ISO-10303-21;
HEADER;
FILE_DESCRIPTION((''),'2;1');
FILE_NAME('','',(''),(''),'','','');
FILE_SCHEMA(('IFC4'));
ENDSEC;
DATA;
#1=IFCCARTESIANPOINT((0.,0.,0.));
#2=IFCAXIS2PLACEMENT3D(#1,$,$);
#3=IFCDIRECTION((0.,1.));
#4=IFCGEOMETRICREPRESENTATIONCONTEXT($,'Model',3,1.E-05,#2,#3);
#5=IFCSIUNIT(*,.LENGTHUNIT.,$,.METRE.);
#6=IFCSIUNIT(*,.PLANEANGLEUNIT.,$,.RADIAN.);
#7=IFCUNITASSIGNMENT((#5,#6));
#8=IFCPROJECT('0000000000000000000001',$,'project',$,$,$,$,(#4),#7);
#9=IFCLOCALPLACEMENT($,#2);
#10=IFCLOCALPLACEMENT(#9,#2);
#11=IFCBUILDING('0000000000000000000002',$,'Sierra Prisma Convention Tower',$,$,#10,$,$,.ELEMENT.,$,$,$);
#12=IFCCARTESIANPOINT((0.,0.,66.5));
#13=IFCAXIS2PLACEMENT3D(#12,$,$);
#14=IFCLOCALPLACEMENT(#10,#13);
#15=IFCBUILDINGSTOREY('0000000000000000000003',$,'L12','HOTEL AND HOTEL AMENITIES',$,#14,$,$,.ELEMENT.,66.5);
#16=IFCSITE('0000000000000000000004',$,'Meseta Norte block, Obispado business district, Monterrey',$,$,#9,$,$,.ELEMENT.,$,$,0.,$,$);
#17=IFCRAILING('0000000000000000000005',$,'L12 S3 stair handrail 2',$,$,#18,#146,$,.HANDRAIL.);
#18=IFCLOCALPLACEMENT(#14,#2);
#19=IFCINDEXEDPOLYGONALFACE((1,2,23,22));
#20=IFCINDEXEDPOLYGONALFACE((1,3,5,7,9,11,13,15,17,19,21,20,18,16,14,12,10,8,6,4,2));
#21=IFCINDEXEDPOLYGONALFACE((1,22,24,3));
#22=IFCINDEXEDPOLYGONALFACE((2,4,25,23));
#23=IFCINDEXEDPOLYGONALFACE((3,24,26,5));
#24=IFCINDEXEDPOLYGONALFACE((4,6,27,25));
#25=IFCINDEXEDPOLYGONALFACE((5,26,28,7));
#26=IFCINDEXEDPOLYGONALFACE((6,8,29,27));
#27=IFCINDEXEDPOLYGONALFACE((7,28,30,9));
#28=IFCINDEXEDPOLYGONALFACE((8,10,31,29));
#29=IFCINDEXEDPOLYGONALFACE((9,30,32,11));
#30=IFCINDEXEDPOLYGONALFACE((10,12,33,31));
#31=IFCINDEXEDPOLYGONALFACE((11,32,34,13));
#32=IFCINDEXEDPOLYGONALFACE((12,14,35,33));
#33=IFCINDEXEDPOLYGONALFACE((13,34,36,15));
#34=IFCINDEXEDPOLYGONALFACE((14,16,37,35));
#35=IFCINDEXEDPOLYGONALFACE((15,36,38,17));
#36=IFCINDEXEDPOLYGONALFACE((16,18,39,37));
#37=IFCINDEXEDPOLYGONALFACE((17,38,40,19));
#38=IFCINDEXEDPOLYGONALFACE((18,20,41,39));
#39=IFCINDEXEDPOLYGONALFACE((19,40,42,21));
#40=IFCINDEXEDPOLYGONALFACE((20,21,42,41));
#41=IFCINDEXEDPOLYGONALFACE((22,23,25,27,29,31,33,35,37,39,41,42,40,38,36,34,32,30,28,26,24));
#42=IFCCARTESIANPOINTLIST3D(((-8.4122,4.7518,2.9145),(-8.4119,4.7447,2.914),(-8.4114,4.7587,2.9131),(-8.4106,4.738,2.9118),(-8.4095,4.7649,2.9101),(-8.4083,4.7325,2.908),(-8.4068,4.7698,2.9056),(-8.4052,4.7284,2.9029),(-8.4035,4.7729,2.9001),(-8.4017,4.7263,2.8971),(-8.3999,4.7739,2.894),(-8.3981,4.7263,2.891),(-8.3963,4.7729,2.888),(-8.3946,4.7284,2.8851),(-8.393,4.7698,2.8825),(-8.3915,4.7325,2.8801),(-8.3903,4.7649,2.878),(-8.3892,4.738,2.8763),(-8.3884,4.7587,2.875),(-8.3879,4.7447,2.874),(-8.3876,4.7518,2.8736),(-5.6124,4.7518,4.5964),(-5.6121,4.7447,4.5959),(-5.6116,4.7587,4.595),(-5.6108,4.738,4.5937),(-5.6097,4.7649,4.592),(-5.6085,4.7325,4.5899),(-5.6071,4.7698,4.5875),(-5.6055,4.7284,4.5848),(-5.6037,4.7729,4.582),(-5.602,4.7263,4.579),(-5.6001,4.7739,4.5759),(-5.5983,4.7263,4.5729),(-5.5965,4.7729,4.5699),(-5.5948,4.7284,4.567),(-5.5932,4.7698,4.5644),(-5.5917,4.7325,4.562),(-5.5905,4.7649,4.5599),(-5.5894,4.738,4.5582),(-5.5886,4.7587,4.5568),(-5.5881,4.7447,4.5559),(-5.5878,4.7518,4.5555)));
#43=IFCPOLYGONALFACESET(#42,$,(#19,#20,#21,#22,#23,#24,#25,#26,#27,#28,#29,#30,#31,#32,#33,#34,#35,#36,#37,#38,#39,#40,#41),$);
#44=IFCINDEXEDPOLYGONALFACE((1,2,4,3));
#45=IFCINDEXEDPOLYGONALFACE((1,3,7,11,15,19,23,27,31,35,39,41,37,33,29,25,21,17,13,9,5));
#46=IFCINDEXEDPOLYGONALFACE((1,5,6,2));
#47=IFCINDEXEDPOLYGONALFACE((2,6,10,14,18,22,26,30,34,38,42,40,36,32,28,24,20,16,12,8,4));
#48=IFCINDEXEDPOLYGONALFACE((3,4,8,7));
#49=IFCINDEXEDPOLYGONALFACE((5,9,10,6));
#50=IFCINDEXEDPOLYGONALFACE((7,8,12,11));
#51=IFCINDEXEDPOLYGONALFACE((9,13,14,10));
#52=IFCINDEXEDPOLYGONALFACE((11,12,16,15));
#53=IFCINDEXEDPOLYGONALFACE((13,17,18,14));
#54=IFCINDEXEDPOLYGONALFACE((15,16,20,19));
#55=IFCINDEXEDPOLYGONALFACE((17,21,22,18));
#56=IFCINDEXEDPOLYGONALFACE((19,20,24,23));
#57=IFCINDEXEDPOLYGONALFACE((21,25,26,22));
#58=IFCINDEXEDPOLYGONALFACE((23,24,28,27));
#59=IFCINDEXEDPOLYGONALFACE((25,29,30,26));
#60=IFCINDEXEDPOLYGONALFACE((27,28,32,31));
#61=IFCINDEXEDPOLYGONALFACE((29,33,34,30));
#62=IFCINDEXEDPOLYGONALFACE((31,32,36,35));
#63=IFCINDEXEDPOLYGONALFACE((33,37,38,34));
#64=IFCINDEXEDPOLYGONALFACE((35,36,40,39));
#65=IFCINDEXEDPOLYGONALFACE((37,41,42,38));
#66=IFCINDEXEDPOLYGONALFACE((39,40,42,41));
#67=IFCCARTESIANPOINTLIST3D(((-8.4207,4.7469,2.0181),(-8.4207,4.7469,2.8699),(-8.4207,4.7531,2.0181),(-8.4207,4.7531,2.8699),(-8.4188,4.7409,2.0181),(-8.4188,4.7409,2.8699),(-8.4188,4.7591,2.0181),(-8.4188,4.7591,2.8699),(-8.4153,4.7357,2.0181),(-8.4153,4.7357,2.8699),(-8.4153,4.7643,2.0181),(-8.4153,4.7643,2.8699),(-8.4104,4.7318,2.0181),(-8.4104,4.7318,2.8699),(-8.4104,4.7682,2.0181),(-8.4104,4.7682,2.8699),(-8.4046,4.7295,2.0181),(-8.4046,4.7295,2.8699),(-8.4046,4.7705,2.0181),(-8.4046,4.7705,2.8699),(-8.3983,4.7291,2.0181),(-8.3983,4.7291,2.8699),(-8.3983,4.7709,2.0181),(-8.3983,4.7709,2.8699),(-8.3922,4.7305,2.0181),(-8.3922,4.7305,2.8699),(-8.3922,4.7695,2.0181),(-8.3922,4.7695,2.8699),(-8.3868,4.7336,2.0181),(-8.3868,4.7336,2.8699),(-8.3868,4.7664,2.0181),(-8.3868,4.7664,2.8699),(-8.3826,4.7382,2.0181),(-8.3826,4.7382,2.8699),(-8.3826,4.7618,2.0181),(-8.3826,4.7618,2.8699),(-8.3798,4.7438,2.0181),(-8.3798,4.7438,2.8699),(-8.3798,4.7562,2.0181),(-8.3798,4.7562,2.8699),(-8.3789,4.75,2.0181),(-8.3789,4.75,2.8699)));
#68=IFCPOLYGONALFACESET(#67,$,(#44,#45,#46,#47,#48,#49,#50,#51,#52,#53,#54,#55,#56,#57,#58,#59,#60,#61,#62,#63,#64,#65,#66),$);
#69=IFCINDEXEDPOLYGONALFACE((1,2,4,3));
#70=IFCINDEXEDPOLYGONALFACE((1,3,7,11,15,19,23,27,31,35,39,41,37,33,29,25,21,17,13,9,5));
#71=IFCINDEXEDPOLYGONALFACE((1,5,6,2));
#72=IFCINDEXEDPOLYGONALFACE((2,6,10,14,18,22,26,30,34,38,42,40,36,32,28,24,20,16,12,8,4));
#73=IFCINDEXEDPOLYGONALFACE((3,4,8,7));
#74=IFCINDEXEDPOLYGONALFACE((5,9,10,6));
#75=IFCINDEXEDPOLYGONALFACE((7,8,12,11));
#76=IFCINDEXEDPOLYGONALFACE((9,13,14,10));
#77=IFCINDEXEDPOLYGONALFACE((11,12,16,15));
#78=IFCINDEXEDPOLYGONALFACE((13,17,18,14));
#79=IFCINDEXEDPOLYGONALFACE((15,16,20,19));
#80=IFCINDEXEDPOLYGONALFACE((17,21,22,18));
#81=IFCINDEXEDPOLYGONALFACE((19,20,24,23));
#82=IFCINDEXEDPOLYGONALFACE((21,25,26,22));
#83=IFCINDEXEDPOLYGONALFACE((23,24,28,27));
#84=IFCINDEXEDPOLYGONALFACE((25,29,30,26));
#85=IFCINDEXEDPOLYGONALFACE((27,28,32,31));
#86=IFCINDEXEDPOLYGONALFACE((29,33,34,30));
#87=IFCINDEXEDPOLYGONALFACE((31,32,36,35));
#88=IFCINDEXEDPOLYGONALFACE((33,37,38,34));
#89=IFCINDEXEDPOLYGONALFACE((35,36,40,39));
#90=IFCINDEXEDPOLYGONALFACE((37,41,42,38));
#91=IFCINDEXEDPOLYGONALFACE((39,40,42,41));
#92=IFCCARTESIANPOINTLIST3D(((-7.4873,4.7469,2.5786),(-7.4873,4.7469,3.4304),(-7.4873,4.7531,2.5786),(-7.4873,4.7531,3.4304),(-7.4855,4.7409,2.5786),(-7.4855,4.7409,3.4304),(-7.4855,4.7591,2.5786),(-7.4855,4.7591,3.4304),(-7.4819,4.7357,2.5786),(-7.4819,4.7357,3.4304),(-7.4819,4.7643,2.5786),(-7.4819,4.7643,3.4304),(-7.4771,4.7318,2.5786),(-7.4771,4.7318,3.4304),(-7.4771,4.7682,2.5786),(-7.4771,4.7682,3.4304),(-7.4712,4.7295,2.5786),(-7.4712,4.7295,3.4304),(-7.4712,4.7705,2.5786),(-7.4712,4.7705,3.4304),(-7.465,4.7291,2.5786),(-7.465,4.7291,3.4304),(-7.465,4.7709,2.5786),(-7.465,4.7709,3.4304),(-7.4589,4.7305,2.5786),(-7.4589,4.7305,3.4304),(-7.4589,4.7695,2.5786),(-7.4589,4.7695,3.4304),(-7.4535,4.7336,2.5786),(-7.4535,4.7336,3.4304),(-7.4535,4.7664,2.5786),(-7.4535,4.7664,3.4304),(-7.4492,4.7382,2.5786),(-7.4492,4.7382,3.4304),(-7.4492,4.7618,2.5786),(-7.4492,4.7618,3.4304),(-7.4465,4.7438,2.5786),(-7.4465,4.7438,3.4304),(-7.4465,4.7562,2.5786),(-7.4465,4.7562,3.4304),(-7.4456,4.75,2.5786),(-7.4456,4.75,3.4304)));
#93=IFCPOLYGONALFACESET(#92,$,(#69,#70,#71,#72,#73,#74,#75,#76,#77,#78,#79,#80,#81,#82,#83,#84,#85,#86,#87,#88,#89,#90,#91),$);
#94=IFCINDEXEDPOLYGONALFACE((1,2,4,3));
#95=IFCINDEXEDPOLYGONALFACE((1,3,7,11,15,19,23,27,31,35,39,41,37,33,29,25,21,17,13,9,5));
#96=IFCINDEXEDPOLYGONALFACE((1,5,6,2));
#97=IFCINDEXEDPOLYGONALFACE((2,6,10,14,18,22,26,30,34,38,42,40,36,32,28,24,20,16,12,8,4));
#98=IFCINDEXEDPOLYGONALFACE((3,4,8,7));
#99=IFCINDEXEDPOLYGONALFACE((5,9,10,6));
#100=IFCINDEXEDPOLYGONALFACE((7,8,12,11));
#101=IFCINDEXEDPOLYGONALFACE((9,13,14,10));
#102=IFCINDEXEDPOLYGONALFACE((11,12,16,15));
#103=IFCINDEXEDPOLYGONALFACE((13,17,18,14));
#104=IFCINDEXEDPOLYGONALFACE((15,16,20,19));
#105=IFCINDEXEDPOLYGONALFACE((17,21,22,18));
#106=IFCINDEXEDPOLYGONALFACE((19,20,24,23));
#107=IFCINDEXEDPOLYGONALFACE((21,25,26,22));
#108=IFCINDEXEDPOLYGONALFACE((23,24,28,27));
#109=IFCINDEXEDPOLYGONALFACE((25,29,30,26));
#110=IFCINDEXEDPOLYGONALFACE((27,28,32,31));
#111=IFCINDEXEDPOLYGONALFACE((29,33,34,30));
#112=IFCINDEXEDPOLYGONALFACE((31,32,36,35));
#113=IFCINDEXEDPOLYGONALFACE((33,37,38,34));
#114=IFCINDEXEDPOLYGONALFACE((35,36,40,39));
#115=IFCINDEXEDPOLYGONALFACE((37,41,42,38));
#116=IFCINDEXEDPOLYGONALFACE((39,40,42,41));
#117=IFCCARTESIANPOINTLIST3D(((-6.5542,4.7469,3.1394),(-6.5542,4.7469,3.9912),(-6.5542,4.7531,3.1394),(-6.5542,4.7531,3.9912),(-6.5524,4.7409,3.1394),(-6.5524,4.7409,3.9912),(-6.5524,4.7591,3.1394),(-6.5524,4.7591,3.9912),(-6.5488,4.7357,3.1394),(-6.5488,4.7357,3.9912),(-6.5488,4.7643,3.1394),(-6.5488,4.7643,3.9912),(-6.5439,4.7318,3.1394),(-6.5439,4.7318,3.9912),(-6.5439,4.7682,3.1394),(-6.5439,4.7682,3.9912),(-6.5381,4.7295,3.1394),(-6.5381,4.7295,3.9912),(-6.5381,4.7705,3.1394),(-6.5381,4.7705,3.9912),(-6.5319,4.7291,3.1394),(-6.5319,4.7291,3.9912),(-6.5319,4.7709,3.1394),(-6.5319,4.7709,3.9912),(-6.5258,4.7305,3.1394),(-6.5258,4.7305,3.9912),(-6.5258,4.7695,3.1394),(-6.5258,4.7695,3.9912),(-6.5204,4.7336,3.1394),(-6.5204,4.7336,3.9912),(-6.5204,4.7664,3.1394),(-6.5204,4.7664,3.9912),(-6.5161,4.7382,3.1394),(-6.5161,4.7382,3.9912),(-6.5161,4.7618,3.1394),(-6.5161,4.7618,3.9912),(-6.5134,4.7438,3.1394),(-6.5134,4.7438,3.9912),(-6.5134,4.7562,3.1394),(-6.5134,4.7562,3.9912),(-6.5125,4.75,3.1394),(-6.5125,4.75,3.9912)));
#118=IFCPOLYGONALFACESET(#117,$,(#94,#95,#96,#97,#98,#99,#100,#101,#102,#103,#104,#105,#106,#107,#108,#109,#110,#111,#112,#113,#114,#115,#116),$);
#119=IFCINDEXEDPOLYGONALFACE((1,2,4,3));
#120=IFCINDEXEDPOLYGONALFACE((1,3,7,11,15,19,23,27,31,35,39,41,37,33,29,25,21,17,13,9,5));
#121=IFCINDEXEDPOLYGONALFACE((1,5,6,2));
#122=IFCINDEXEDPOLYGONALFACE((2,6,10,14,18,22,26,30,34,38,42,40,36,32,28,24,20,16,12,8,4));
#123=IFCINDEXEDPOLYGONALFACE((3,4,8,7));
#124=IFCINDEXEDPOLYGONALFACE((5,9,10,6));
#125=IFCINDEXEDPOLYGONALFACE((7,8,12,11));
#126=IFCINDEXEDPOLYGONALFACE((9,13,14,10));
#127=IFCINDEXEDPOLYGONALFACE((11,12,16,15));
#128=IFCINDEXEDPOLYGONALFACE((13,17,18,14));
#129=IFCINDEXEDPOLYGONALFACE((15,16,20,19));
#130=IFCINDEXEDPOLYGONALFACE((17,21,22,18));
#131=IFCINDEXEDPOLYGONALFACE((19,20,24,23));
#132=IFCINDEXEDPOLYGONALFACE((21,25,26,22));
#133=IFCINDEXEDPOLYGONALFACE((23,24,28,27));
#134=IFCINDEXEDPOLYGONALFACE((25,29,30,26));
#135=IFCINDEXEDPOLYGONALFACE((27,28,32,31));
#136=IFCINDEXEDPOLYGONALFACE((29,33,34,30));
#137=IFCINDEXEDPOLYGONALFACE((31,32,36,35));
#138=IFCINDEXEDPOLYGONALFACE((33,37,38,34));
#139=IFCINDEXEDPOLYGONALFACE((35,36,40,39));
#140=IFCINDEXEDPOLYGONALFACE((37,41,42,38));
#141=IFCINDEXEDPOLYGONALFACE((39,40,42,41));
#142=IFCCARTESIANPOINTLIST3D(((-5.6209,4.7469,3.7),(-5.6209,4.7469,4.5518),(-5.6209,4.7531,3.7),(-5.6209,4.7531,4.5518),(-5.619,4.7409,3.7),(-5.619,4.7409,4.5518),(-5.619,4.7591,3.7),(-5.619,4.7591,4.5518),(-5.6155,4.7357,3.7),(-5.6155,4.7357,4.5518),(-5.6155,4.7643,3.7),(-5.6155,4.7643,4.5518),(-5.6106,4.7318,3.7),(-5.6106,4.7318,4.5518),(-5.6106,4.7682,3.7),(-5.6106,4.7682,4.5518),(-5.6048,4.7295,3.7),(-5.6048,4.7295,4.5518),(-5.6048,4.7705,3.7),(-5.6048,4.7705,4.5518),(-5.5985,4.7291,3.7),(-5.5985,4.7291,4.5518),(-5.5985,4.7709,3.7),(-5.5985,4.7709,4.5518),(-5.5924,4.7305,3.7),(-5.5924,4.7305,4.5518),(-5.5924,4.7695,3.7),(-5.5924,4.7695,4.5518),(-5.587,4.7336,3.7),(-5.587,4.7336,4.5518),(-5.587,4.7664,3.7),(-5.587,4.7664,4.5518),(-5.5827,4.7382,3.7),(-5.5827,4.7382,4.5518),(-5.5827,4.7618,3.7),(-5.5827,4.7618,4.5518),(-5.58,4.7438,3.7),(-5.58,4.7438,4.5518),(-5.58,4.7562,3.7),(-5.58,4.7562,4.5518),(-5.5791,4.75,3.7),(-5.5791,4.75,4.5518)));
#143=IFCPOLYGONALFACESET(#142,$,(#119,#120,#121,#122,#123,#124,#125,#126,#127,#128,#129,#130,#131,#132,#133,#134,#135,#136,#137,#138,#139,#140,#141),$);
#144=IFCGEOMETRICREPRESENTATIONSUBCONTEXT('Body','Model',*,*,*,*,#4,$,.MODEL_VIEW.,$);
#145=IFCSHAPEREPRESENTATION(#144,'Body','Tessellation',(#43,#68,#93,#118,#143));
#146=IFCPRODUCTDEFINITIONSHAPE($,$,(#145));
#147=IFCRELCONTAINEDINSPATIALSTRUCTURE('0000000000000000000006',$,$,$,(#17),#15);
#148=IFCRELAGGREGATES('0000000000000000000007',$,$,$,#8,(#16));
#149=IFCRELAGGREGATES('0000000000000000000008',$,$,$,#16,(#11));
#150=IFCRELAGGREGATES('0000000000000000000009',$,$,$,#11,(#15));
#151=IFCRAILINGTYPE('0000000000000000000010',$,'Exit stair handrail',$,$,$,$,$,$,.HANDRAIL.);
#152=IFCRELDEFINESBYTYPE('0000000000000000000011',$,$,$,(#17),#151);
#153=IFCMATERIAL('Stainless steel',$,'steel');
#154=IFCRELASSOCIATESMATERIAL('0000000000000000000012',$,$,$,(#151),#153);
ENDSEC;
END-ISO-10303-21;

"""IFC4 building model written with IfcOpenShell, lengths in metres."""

from ifc_helpers import new_model, si_unit, direction, frame, origin, origin_2d, place, context, subcontext, project, spatial, circle, extrude, material, type_object, element, save


model = new_model("IFC4")

# Units and contexts
model_context = context("Model", 3, precision=1e-05, world=origin(), true_north=direction((0.0, 1.0)))
body_context = subcontext(model_context, "Body", "Model", "MODEL_VIEW")
ifc_project = project(units=[si_unit("LENGTHUNIT", "METRE"), si_unit("PLANEANGLEUNIT", "RADIAN")], contexts=[model_context])

# Site, building, storey
site_placement = place(None, origin())
site = spatial("IfcSite", under=ifc_project, at=site_placement, Name="Meseta Norte block, Obispado business district, Monterrey", CompositionType="ELEMENT", RefElevation=0.0)
building_placement = place(site_placement, origin())
building = spatial("IfcBuilding", under=site, at=building_placement, Name="Sierra Prisma Convention Tower", CompositionType="ELEMENT")
storey_placement = place(building_placement, frame((0.0, 0.0, 66.5)))
storey = spatial("IfcBuildingStorey", under=building, at=storey_placement, Name="L12", Description="HOTEL AND HOTEL AMENITIES", CompositionType="ELEMENT", Elevation=66.5)

# Railing
ifc_material_1 = material(Name="Stainless steel", Category="steel")
railing_type_1 = type_object("IfcRailingType", Name="Exit stair handrail", PredefinedType="HANDRAIL", material=ifc_material_1)
railing_1_placement = place(storey_placement, frame((-8.3999, 4.75, 2.0181)))
element("IfcRailing", 1, at=railing_1_placement, inside=storey, type_object=railing_type_1, Name="L12 S3 stair handrail 2", PredefinedType="HANDRAIL", context=body_context, shape_type="SweptSolid", body=[
    extrude(circle(Radius=0.0239, at=origin_2d()), frame((0.0, 0.0, 0.876), z_axis=(0.857222, 0.0, 0.514946), x_axis=(0.0, 1.0, 0.0)), (0.0, 0.0, 1.0), 3.2661),
    extrude(circle(Radius=0.021, at=origin_2d()), origin(), (0.0, 0.0, 1.0), 0.8518),
    extrude(circle(Radius=0.021, at=origin_2d()), frame((0.9333, 0.0, 0.5605)), (0.0, 0.0, 1.0), 0.8518),
    extrude(circle(Radius=0.021, at=origin_2d()), frame((1.8665, 0.0, 1.1213)), (0.0, 0.0, 1.0), 0.8518),
    extrude(circle(Radius=0.021, at=origin_2d()), frame((2.7998, 0.0, 1.6819)), (0.0, 0.0, 1.0), 0.8518),
])

save(model, "model.ifc")
